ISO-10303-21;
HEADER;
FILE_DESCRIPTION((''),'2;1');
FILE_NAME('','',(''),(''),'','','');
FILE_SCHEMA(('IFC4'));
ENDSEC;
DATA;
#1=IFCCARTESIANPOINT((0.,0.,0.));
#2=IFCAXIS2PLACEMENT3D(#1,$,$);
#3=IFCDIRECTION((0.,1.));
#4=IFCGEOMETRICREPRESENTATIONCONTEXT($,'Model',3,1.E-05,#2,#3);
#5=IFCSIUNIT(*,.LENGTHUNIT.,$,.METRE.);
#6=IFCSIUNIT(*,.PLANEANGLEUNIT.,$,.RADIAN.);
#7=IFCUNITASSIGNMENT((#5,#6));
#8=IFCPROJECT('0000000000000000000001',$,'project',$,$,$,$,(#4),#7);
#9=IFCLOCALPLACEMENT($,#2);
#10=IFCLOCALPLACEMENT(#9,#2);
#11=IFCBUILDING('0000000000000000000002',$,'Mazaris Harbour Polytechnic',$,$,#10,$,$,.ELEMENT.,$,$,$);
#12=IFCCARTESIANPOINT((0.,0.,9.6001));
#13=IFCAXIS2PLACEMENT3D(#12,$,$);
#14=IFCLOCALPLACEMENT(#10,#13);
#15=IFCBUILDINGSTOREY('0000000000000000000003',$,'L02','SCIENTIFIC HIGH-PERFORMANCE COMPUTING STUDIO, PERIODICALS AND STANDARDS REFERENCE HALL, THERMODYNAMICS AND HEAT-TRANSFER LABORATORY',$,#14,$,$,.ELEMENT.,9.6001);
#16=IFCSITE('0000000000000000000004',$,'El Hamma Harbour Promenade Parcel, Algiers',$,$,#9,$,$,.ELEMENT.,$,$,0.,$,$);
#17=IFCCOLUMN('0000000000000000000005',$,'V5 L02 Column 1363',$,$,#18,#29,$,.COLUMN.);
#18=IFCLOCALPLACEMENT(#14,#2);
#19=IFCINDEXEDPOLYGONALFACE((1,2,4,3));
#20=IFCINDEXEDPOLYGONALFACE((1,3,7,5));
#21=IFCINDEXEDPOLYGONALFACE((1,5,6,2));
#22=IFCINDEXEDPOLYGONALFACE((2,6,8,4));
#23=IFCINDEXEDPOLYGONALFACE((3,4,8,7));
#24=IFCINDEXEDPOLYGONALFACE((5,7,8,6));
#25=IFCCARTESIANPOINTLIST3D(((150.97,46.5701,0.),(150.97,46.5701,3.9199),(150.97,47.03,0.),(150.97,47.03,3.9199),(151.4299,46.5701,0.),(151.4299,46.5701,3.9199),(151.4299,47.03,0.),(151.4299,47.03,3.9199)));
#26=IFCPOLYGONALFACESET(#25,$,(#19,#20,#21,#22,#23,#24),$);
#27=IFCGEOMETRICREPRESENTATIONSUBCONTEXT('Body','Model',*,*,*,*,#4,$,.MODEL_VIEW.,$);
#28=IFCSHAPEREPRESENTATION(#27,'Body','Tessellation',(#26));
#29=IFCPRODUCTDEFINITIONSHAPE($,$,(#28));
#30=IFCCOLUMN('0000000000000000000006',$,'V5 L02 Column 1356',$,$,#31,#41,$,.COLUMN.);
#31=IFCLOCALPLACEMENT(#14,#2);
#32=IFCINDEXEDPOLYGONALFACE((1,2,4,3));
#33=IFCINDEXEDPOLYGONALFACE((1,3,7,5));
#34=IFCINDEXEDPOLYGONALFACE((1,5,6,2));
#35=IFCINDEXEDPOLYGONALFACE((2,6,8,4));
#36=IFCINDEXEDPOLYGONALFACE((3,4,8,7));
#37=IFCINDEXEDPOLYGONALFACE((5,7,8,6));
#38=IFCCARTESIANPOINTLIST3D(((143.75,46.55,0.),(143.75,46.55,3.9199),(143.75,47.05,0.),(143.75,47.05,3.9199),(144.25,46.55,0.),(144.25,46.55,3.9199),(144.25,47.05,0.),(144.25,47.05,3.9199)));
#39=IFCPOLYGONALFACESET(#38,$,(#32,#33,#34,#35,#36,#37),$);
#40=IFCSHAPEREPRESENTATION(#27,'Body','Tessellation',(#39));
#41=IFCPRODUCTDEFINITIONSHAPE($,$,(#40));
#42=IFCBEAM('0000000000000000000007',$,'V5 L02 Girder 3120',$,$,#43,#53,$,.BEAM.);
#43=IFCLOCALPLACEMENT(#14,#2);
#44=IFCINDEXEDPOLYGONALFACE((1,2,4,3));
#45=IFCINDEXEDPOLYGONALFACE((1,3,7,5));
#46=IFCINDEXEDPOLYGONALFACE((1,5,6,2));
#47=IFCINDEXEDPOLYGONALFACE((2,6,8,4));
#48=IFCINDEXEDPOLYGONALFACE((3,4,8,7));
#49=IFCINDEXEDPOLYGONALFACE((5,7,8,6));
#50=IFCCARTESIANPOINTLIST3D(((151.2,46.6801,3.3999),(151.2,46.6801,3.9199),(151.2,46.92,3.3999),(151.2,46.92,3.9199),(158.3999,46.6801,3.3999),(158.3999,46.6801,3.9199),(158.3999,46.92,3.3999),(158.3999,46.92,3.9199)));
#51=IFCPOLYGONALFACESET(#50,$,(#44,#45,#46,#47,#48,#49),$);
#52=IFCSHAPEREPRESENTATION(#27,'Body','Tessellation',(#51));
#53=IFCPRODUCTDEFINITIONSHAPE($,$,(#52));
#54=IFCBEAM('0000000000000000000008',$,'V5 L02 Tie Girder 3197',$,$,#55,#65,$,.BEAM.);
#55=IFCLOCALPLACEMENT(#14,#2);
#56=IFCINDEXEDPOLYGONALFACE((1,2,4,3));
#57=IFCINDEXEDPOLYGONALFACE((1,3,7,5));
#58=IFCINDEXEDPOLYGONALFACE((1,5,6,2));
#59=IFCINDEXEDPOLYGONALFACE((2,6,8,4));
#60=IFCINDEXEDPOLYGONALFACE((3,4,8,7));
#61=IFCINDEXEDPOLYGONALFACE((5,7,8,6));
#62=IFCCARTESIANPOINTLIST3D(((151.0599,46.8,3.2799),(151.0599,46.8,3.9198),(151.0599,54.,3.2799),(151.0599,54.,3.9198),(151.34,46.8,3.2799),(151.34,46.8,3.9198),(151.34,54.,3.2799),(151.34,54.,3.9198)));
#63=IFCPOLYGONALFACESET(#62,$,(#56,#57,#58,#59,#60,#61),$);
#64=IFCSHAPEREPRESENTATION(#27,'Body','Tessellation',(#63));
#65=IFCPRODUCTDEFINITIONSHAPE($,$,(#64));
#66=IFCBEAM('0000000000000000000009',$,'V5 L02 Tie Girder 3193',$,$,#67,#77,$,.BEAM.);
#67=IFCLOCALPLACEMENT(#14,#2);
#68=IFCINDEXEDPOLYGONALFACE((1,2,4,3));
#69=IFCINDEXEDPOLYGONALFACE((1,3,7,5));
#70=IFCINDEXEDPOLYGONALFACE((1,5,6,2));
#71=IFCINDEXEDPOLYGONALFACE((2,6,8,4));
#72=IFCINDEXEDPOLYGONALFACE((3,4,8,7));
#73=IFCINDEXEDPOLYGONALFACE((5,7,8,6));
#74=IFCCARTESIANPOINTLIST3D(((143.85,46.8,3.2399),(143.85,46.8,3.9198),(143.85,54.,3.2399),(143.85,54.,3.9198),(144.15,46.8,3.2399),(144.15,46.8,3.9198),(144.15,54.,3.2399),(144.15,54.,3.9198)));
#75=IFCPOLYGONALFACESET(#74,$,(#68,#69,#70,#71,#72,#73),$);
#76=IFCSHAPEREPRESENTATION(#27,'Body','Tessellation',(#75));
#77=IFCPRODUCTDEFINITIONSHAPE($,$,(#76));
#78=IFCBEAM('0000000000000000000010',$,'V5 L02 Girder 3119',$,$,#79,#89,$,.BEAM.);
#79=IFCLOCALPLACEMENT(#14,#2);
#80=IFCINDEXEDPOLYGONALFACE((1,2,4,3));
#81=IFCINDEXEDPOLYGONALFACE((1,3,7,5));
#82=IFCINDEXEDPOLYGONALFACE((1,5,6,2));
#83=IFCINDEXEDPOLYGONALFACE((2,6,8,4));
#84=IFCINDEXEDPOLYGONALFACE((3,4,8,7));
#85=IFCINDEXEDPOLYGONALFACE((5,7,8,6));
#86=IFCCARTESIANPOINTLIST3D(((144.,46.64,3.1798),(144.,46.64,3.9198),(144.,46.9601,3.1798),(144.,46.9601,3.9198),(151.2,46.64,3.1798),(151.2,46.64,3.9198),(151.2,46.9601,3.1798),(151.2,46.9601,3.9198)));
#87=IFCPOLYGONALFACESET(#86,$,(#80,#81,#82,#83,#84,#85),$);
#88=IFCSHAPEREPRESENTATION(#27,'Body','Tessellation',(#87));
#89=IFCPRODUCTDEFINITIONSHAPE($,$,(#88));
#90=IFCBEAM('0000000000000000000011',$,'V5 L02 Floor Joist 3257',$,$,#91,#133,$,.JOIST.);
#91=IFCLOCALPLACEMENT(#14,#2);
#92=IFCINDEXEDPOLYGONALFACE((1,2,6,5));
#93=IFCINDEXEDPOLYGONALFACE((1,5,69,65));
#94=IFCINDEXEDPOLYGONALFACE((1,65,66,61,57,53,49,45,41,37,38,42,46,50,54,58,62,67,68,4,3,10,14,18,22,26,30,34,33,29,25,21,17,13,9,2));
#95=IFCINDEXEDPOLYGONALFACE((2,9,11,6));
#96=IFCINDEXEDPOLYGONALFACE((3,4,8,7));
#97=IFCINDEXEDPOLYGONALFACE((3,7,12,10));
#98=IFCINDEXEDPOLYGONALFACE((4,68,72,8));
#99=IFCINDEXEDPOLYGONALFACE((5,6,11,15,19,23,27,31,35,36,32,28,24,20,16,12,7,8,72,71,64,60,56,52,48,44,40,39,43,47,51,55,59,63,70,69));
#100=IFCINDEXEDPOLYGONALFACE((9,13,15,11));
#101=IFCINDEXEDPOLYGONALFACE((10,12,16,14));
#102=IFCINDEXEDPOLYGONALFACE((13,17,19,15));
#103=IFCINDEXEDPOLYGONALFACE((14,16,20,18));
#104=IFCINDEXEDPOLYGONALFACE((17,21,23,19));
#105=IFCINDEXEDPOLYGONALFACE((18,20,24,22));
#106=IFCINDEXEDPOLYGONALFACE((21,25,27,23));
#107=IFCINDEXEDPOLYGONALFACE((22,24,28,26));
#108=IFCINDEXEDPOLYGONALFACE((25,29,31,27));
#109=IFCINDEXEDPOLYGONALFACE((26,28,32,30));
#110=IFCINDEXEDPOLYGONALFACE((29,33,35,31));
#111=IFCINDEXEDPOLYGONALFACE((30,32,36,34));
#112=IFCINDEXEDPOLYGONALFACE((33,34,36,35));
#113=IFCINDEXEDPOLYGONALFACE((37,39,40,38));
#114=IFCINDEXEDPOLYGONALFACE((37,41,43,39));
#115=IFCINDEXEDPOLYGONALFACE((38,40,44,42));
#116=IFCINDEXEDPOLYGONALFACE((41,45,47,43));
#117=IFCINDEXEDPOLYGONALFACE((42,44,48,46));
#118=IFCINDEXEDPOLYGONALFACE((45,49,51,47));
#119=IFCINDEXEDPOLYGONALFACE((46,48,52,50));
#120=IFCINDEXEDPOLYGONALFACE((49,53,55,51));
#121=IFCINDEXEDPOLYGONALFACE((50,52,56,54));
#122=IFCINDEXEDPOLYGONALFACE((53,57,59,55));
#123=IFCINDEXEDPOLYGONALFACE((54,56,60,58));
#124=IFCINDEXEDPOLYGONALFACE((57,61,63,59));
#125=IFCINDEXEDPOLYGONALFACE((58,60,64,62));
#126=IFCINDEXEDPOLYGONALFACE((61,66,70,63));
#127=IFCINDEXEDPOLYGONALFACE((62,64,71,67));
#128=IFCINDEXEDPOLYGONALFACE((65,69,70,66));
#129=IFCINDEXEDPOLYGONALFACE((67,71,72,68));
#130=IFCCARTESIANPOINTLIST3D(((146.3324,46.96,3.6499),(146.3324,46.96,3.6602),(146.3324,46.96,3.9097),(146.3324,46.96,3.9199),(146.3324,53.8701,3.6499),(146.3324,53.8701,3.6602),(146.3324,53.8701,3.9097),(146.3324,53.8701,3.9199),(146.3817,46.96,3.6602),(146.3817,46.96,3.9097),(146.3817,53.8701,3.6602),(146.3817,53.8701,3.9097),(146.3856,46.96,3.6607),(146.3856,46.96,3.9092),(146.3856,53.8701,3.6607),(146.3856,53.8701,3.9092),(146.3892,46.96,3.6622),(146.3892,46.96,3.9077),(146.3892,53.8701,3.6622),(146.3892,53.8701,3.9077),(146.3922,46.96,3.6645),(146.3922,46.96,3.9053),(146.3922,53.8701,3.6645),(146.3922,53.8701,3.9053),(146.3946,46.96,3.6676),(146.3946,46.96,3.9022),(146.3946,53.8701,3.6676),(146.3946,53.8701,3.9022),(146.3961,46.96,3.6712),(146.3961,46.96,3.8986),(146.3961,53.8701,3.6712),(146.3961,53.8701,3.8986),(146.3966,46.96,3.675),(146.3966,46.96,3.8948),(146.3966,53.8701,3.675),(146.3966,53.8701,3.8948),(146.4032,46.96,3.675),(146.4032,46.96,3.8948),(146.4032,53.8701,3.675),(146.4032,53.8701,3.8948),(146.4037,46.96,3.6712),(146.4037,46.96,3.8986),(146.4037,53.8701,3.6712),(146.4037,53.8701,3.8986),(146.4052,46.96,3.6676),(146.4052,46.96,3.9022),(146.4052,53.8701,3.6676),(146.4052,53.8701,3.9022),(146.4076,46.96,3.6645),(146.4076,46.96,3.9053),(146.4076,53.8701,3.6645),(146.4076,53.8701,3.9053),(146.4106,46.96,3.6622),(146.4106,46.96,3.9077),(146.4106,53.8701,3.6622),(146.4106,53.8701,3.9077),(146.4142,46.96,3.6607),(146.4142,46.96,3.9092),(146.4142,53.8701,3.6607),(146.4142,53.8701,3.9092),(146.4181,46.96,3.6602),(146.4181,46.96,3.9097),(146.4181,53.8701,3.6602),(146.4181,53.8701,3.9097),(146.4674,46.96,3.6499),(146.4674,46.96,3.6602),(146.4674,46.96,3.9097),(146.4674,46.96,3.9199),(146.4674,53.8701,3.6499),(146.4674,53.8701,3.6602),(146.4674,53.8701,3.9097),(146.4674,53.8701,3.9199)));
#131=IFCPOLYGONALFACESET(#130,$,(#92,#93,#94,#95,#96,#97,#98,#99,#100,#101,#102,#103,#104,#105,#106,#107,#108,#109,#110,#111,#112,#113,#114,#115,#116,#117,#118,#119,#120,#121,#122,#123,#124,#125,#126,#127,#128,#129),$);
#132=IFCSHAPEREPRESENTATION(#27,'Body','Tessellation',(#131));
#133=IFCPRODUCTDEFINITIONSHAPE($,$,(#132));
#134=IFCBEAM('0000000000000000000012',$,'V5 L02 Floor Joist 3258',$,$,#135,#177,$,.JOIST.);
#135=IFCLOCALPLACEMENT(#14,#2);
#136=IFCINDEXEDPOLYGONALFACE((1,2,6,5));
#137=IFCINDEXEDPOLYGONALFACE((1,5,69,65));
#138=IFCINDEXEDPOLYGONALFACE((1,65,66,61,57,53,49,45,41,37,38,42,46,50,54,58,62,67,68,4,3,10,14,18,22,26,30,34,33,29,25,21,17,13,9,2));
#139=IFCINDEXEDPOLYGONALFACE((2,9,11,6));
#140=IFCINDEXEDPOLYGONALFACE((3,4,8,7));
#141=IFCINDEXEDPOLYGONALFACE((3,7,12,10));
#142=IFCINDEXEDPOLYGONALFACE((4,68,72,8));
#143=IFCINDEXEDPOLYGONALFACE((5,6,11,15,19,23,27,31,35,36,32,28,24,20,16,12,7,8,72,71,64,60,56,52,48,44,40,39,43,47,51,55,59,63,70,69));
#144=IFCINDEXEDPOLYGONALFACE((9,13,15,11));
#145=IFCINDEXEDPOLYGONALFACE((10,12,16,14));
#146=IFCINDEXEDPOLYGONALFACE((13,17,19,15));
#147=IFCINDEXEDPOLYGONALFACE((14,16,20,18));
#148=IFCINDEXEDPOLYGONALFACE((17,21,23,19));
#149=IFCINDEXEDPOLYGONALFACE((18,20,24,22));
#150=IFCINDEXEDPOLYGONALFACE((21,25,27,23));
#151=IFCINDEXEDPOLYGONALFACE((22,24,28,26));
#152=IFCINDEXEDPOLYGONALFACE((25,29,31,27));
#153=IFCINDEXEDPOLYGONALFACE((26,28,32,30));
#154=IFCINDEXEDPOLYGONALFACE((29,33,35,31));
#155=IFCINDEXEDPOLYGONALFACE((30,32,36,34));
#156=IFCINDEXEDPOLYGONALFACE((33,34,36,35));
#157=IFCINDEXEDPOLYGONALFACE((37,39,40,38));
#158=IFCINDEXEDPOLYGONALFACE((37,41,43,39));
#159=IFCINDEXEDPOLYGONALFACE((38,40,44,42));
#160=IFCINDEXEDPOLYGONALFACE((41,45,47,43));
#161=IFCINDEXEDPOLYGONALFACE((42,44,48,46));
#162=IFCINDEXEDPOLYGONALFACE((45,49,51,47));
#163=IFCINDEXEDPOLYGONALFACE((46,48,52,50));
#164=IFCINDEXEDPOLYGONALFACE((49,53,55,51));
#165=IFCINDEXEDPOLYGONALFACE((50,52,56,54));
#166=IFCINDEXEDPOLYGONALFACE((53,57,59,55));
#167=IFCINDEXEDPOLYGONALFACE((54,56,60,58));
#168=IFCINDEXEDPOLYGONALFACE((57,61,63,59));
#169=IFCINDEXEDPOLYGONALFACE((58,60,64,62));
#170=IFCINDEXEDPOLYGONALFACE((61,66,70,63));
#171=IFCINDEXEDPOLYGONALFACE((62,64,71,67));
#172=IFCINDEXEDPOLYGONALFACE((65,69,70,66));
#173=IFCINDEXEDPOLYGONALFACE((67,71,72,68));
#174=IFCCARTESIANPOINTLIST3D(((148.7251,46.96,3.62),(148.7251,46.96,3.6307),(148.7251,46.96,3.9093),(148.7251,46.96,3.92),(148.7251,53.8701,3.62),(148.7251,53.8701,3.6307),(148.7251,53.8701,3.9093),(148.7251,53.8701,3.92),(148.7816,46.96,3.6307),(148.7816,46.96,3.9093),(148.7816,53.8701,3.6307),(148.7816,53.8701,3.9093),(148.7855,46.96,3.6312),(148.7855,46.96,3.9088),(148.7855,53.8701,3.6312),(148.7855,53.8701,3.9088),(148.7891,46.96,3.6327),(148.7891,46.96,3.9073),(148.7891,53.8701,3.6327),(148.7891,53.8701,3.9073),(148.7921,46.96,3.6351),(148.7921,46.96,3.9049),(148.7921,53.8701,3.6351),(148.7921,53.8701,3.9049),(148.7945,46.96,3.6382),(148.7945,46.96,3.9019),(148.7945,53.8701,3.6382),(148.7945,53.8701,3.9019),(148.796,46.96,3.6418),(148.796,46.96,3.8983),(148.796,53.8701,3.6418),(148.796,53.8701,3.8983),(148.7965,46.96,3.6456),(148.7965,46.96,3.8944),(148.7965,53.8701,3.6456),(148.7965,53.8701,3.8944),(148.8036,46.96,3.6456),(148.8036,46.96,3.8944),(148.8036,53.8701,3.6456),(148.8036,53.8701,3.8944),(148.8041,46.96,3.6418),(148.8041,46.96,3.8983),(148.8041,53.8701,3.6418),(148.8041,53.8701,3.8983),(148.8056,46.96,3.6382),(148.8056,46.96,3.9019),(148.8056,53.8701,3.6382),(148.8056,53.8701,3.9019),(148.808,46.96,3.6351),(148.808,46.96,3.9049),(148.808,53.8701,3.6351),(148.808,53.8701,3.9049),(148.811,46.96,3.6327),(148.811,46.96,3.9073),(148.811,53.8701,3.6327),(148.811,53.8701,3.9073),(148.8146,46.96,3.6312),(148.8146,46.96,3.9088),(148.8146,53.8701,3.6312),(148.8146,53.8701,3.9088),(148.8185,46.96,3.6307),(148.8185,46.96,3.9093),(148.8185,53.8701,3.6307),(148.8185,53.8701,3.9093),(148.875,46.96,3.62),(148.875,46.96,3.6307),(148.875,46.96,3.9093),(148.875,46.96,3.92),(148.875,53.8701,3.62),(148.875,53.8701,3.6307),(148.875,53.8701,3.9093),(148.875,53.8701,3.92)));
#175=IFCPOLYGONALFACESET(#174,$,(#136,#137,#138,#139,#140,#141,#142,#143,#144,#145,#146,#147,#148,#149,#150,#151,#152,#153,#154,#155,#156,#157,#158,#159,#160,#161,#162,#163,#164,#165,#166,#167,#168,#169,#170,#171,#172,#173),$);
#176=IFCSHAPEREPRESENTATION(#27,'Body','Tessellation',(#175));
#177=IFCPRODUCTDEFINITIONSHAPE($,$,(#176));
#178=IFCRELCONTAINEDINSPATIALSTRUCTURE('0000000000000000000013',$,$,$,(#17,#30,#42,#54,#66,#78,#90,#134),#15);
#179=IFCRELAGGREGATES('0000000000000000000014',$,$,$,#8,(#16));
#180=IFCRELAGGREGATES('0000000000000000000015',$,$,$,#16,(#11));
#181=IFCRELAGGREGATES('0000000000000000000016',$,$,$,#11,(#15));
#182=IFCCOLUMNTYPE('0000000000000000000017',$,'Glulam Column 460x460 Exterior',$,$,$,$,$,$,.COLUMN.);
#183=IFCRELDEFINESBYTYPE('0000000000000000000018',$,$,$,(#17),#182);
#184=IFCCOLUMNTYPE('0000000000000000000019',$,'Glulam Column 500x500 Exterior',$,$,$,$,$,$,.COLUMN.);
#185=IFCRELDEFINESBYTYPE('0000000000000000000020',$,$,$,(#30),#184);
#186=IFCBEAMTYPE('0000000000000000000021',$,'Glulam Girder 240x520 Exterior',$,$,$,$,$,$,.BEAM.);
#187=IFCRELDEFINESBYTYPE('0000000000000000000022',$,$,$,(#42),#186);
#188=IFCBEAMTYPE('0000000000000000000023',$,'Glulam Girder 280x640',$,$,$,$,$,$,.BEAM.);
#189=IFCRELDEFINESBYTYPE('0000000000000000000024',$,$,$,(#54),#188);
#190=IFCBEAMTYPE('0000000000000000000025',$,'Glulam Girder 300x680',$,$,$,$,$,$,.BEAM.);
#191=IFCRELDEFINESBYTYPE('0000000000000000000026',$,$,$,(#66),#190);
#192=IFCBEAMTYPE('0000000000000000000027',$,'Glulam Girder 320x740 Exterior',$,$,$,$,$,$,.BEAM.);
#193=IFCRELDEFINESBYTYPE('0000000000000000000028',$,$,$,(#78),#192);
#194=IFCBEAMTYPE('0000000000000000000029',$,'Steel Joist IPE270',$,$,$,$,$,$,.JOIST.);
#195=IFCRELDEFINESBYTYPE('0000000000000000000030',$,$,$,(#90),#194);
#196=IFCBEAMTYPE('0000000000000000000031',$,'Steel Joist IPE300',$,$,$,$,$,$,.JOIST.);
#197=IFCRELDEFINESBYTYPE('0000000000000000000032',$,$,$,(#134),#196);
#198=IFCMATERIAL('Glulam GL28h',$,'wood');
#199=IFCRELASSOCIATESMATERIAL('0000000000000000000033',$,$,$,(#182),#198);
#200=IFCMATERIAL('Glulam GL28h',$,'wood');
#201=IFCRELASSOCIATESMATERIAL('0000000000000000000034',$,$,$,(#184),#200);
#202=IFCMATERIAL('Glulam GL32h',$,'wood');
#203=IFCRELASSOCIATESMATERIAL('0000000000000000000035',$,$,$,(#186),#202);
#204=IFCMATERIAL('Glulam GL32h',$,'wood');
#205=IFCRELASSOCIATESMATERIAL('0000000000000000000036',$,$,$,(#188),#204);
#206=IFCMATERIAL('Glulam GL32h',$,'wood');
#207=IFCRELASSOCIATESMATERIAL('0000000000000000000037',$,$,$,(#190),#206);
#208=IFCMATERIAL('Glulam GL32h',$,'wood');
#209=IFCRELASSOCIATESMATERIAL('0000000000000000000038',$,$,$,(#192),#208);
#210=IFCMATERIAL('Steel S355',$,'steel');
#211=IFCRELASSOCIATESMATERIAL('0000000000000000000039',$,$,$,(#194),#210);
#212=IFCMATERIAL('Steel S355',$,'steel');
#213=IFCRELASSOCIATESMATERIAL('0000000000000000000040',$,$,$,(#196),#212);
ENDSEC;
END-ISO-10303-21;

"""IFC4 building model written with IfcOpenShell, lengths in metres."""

from ifc_helpers import new_model, si_unit, direction, frame, origin, origin_2d, place, context, subcontext, project, spatial, rectangle, i_section, extrude, material, material_profile, profile_set, type_object, element, save


model = new_model("IFC4")

# Units and contexts
model_context = context("Model", 3, precision=1e-05, world=origin(), true_north=direction((0.0, 1.0)))
body_context = subcontext(model_context, "Body", "Model", "MODEL_VIEW")
ifc_project = project(units=[si_unit("LENGTHUNIT", "METRE"), si_unit("PLANEANGLEUNIT", "RADIAN")], contexts=[model_context])

# Site, building, storey
site_placement = place(None, origin())
site = spatial("IfcSite", under=ifc_project, at=site_placement, Name="El Hamma Harbour Promenade Parcel, Algiers", CompositionType="ELEMENT", RefElevation=0.0)
building_placement = place(site_placement, origin())
building = spatial("IfcBuilding", under=site, at=building_placement, Name="Mazaris Harbour Polytechnic", CompositionType="ELEMENT")
storey_placement = place(building_placement, frame((0.0, 0.0, 9.6001)))
storey = spatial("IfcBuildingStorey", under=building, at=storey_placement, Name="L02", Description="SCIENTIFIC HIGH-PERFORMANCE COMPUTING STUDIO, PERIODICALS AND STANDARDS REFERENCE HALL, THERMODYNAMICS AND HEAT-TRANSFER LABORATORY", CompositionType="ELEMENT", Elevation=9.6001)

# Columns
ifc_material_1 = material(Name="Glulam GL28h", Category="wood")
ifc_material_profile_1 = material_profile(ifc_material_1, rectangle(XDim=0.46, YDim=0.46, at=origin_2d()), Name="RECT460x460")
ifc_profile_set_1 = profile_set([ifc_material_profile_1], Name="Glulam GL28h")
column_type_1 = type_object("IfcColumnType", Name="Glulam Column 460x460 Exterior", PredefinedType="COLUMN", material=ifc_profile_set_1)
column_1_placement = place(storey_placement, frame((151.2, 46.8, 0.0), z_axis=(0.0, 0.0, 1.0), x_axis=(1.0, 0.0, 0.0)))
element("IfcColumn", 1, at=column_1_placement, inside=storey, type_object=column_type_1, Name="V5 L02 Column 1363", PredefinedType="COLUMN", context=body_context, shape_type="SweptSolid", body=[
    extrude(rectangle(XDim=0.46, YDim=0.46, at=origin_2d()), origin(), (0.0, 0.0, 1.0), 3.9199),
])
ifc_material_2 = material(Name="Glulam GL28h", Category="wood")
ifc_material_profile_2 = material_profile(ifc_material_2, rectangle(XDim=0.5, YDim=0.5, at=origin_2d()), Name="RECT500x500")
ifc_profile_set_2 = profile_set([ifc_material_profile_2], Name="Glulam GL28h")
column_type_2 = type_object("IfcColumnType", Name="Glulam Column 500x500 Exterior", PredefinedType="COLUMN", material=ifc_profile_set_2)
column_2_placement = place(storey_placement, frame((144.0, 46.8, 0.0), z_axis=(0.0, 0.0, 1.0), x_axis=(1.0, 0.0, 0.0)))
element("IfcColumn", 2, at=column_2_placement, inside=storey, type_object=column_type_2, Name="V5 L02 Column 1356", PredefinedType="COLUMN", context=body_context, shape_type="SweptSolid", body=[
    extrude(rectangle(XDim=0.5, YDim=0.5, at=origin_2d()), origin(), (0.0, 0.0, 1.0), 3.9199),
])

# Beams
ifc_material_3 = material(Name="Glulam GL32h", Category="wood")
ifc_material_profile_3 = material_profile(ifc_material_3, rectangle(XDim=0.24, YDim=0.52, at=origin_2d()), Name="RECT240x520")
ifc_profile_set_3 = profile_set([ifc_material_profile_3], Name="Glulam GL32h")
beam_type_1 = type_object("IfcBeamType", Name="Glulam Girder 240x520 Exterior", PredefinedType="BEAM", material=ifc_profile_set_3)
beam_1_placement = place(storey_placement, frame((151.2, 46.8, 3.6599), z_axis=(1.0, 0.0, 0.0), x_axis=(0.0, 1.0, 0.0)))
element("IfcBeam", 3, at=beam_1_placement, inside=storey, type_object=beam_type_1, Name="V5 L02 Girder 3120", PredefinedType="BEAM", context=body_context, shape_type="SweptSolid", body=[
    extrude(rectangle(XDim=0.24, YDim=0.52, at=origin_2d()), origin(), (0.0, 0.0, 1.0), 7.2),
])
ifc_material_4 = material(Name="Glulam GL32h", Category="wood")
ifc_material_profile_4 = material_profile(ifc_material_4, rectangle(XDim=0.28, YDim=0.6399, at=origin_2d()), Name="RECT280x640")
ifc_profile_set_4 = profile_set([ifc_material_profile_4], Name="Glulam GL32h")
beam_type_2 = type_object("IfcBeamType", Name="Glulam Girder 280x640", PredefinedType="BEAM", material=ifc_profile_set_4)
beam_2_placement = place(storey_placement, frame((151.2, 46.8, 3.5999), z_axis=(0.0, 1.0, 0.0), x_axis=(-1.0, 0.0, 0.0)))
element("IfcBeam", 4, at=beam_2_placement, inside=storey, type_object=beam_type_2, Name="V5 L02 Tie Girder 3197", PredefinedType="BEAM", context=body_context, shape_type="SweptSolid", body=[
    extrude(rectangle(XDim=0.28, YDim=0.6399, at=origin_2d()), origin(), (0.0, 0.0, 1.0), 7.2),
])
ifc_material_5 = material(Name="Glulam GL32h", Category="wood")
ifc_material_profile_5 = material_profile(ifc_material_5, rectangle(XDim=0.3, YDim=0.6799, at=origin_2d()), Name="RECT300x680")
ifc_profile_set_5 = profile_set([ifc_material_profile_5], Name="Glulam GL32h")
beam_type_3 = type_object("IfcBeamType", Name="Glulam Girder 300x680", PredefinedType="BEAM", material=ifc_profile_set_5)
beam_3_placement = place(storey_placement, frame((144.0, 46.8, 3.5798), z_axis=(0.0, 1.0, 0.0), x_axis=(-1.0, 0.0, 0.0)))
element("IfcBeam", 5, at=beam_3_placement, inside=storey, type_object=beam_type_3, Name="V5 L02 Tie Girder 3193", PredefinedType="BEAM", context=body_context, shape_type="SweptSolid", body=[
    extrude(rectangle(XDim=0.3, YDim=0.6799, at=origin_2d()), origin(), (0.0, 0.0, 1.0), 7.2),
])
ifc_material_6 = material(Name="Glulam GL32h", Category="wood")
ifc_material_profile_6 = material_profile(ifc_material_6, rectangle(XDim=0.3201, YDim=0.74, at=origin_2d()), Name="RECT320x740")
ifc_profile_set_6 = profile_set([ifc_material_profile_6], Name="Glulam GL32h")
beam_type_4 = type_object("IfcBeamType", Name="Glulam Girder 320x740 Exterior", PredefinedType="BEAM", material=ifc_profile_set_6)
beam_4_placement = place(storey_placement, frame((144.0, 46.8, 3.5498), z_axis=(1.0, 0.0, 0.0), x_axis=(0.0, 1.0, 0.0)))
element("IfcBeam", 6, at=beam_4_placement, inside=storey, type_object=beam_type_4, Name="V5 L02 Girder 3119", PredefinedType="BEAM", context=body_context, shape_type="SweptSolid", body=[
    extrude(rectangle(XDim=0.3201, YDim=0.74, at=origin_2d()), origin(), (0.0, 0.0, 1.0), 7.2),
])
ifc_material_7 = material(Name="Steel S355", Category="steel")
ifc_material_profile_7 = material_profile(ifc_material_7, i_section(OverallWidth=0.135, OverallDepth=0.27, WebThickness=0.0066, FlangeThickness=0.0103, FilletRadius=0.0149, at=origin_2d()), Name="IPE 270")
ifc_profile_set_7 = profile_set([ifc_material_profile_7], Name="Steel S355")
beam_type_5 = type_object("IfcBeamType", Name="Steel Joist IPE270", PredefinedType="JOIST", material=ifc_profile_set_7)
beam_5_placement = place(storey_placement, frame((146.3999, 46.96, 3.7849), z_axis=(0.0, 1.0, 0.0), x_axis=(-1.0, 0.0, 0.0)))
element("IfcBeam", 7, at=beam_5_placement, inside=storey, type_object=beam_type_5, Name="V5 L02 Floor Joist 3257", PredefinedType="JOIST", context=body_context, shape_type="SweptSolid", body=[
    extrude(i_section(OverallWidth=0.135, OverallDepth=0.27, WebThickness=0.0066, FlangeThickness=0.0103, FilletRadius=0.0149, at=origin_2d()), origin(), (0.0, 0.0, 1.0), 6.9102),
])
ifc_material_8 = material(Name="Steel S355", Category="steel")
ifc_material_profile_8 = material_profile(ifc_material_8, i_section(OverallWidth=0.1499, OverallDepth=0.3, WebThickness=0.0071, FlangeThickness=0.0107, FilletRadius=0.0149, at=origin_2d()), Name="IPE 300")
ifc_profile_set_8 = profile_set([ifc_material_profile_8], Name="Steel S355")
beam_type_6 = type_object("IfcBeamType", Name="Steel Joist IPE300", PredefinedType="JOIST", material=ifc_profile_set_8)
beam_6_placement = place(storey_placement, frame((148.8, 46.96, 3.77), z_axis=(0.0, 1.0, 0.0), x_axis=(-1.0, 0.0, 0.0)))
element("IfcBeam", 8, at=beam_6_placement, inside=storey, type_object=beam_type_6, Name="V5 L02 Floor Joist 3258", PredefinedType="JOIST", context=body_context, shape_type="SweptSolid", body=[
    extrude(i_section(OverallWidth=0.1499, OverallDepth=0.3, WebThickness=0.0071, FlangeThickness=0.0107, FilletRadius=0.0149, at=origin_2d()), origin(), (0.0, 0.0, 1.0), 6.9102),
])

save(model, "model.ifc")
